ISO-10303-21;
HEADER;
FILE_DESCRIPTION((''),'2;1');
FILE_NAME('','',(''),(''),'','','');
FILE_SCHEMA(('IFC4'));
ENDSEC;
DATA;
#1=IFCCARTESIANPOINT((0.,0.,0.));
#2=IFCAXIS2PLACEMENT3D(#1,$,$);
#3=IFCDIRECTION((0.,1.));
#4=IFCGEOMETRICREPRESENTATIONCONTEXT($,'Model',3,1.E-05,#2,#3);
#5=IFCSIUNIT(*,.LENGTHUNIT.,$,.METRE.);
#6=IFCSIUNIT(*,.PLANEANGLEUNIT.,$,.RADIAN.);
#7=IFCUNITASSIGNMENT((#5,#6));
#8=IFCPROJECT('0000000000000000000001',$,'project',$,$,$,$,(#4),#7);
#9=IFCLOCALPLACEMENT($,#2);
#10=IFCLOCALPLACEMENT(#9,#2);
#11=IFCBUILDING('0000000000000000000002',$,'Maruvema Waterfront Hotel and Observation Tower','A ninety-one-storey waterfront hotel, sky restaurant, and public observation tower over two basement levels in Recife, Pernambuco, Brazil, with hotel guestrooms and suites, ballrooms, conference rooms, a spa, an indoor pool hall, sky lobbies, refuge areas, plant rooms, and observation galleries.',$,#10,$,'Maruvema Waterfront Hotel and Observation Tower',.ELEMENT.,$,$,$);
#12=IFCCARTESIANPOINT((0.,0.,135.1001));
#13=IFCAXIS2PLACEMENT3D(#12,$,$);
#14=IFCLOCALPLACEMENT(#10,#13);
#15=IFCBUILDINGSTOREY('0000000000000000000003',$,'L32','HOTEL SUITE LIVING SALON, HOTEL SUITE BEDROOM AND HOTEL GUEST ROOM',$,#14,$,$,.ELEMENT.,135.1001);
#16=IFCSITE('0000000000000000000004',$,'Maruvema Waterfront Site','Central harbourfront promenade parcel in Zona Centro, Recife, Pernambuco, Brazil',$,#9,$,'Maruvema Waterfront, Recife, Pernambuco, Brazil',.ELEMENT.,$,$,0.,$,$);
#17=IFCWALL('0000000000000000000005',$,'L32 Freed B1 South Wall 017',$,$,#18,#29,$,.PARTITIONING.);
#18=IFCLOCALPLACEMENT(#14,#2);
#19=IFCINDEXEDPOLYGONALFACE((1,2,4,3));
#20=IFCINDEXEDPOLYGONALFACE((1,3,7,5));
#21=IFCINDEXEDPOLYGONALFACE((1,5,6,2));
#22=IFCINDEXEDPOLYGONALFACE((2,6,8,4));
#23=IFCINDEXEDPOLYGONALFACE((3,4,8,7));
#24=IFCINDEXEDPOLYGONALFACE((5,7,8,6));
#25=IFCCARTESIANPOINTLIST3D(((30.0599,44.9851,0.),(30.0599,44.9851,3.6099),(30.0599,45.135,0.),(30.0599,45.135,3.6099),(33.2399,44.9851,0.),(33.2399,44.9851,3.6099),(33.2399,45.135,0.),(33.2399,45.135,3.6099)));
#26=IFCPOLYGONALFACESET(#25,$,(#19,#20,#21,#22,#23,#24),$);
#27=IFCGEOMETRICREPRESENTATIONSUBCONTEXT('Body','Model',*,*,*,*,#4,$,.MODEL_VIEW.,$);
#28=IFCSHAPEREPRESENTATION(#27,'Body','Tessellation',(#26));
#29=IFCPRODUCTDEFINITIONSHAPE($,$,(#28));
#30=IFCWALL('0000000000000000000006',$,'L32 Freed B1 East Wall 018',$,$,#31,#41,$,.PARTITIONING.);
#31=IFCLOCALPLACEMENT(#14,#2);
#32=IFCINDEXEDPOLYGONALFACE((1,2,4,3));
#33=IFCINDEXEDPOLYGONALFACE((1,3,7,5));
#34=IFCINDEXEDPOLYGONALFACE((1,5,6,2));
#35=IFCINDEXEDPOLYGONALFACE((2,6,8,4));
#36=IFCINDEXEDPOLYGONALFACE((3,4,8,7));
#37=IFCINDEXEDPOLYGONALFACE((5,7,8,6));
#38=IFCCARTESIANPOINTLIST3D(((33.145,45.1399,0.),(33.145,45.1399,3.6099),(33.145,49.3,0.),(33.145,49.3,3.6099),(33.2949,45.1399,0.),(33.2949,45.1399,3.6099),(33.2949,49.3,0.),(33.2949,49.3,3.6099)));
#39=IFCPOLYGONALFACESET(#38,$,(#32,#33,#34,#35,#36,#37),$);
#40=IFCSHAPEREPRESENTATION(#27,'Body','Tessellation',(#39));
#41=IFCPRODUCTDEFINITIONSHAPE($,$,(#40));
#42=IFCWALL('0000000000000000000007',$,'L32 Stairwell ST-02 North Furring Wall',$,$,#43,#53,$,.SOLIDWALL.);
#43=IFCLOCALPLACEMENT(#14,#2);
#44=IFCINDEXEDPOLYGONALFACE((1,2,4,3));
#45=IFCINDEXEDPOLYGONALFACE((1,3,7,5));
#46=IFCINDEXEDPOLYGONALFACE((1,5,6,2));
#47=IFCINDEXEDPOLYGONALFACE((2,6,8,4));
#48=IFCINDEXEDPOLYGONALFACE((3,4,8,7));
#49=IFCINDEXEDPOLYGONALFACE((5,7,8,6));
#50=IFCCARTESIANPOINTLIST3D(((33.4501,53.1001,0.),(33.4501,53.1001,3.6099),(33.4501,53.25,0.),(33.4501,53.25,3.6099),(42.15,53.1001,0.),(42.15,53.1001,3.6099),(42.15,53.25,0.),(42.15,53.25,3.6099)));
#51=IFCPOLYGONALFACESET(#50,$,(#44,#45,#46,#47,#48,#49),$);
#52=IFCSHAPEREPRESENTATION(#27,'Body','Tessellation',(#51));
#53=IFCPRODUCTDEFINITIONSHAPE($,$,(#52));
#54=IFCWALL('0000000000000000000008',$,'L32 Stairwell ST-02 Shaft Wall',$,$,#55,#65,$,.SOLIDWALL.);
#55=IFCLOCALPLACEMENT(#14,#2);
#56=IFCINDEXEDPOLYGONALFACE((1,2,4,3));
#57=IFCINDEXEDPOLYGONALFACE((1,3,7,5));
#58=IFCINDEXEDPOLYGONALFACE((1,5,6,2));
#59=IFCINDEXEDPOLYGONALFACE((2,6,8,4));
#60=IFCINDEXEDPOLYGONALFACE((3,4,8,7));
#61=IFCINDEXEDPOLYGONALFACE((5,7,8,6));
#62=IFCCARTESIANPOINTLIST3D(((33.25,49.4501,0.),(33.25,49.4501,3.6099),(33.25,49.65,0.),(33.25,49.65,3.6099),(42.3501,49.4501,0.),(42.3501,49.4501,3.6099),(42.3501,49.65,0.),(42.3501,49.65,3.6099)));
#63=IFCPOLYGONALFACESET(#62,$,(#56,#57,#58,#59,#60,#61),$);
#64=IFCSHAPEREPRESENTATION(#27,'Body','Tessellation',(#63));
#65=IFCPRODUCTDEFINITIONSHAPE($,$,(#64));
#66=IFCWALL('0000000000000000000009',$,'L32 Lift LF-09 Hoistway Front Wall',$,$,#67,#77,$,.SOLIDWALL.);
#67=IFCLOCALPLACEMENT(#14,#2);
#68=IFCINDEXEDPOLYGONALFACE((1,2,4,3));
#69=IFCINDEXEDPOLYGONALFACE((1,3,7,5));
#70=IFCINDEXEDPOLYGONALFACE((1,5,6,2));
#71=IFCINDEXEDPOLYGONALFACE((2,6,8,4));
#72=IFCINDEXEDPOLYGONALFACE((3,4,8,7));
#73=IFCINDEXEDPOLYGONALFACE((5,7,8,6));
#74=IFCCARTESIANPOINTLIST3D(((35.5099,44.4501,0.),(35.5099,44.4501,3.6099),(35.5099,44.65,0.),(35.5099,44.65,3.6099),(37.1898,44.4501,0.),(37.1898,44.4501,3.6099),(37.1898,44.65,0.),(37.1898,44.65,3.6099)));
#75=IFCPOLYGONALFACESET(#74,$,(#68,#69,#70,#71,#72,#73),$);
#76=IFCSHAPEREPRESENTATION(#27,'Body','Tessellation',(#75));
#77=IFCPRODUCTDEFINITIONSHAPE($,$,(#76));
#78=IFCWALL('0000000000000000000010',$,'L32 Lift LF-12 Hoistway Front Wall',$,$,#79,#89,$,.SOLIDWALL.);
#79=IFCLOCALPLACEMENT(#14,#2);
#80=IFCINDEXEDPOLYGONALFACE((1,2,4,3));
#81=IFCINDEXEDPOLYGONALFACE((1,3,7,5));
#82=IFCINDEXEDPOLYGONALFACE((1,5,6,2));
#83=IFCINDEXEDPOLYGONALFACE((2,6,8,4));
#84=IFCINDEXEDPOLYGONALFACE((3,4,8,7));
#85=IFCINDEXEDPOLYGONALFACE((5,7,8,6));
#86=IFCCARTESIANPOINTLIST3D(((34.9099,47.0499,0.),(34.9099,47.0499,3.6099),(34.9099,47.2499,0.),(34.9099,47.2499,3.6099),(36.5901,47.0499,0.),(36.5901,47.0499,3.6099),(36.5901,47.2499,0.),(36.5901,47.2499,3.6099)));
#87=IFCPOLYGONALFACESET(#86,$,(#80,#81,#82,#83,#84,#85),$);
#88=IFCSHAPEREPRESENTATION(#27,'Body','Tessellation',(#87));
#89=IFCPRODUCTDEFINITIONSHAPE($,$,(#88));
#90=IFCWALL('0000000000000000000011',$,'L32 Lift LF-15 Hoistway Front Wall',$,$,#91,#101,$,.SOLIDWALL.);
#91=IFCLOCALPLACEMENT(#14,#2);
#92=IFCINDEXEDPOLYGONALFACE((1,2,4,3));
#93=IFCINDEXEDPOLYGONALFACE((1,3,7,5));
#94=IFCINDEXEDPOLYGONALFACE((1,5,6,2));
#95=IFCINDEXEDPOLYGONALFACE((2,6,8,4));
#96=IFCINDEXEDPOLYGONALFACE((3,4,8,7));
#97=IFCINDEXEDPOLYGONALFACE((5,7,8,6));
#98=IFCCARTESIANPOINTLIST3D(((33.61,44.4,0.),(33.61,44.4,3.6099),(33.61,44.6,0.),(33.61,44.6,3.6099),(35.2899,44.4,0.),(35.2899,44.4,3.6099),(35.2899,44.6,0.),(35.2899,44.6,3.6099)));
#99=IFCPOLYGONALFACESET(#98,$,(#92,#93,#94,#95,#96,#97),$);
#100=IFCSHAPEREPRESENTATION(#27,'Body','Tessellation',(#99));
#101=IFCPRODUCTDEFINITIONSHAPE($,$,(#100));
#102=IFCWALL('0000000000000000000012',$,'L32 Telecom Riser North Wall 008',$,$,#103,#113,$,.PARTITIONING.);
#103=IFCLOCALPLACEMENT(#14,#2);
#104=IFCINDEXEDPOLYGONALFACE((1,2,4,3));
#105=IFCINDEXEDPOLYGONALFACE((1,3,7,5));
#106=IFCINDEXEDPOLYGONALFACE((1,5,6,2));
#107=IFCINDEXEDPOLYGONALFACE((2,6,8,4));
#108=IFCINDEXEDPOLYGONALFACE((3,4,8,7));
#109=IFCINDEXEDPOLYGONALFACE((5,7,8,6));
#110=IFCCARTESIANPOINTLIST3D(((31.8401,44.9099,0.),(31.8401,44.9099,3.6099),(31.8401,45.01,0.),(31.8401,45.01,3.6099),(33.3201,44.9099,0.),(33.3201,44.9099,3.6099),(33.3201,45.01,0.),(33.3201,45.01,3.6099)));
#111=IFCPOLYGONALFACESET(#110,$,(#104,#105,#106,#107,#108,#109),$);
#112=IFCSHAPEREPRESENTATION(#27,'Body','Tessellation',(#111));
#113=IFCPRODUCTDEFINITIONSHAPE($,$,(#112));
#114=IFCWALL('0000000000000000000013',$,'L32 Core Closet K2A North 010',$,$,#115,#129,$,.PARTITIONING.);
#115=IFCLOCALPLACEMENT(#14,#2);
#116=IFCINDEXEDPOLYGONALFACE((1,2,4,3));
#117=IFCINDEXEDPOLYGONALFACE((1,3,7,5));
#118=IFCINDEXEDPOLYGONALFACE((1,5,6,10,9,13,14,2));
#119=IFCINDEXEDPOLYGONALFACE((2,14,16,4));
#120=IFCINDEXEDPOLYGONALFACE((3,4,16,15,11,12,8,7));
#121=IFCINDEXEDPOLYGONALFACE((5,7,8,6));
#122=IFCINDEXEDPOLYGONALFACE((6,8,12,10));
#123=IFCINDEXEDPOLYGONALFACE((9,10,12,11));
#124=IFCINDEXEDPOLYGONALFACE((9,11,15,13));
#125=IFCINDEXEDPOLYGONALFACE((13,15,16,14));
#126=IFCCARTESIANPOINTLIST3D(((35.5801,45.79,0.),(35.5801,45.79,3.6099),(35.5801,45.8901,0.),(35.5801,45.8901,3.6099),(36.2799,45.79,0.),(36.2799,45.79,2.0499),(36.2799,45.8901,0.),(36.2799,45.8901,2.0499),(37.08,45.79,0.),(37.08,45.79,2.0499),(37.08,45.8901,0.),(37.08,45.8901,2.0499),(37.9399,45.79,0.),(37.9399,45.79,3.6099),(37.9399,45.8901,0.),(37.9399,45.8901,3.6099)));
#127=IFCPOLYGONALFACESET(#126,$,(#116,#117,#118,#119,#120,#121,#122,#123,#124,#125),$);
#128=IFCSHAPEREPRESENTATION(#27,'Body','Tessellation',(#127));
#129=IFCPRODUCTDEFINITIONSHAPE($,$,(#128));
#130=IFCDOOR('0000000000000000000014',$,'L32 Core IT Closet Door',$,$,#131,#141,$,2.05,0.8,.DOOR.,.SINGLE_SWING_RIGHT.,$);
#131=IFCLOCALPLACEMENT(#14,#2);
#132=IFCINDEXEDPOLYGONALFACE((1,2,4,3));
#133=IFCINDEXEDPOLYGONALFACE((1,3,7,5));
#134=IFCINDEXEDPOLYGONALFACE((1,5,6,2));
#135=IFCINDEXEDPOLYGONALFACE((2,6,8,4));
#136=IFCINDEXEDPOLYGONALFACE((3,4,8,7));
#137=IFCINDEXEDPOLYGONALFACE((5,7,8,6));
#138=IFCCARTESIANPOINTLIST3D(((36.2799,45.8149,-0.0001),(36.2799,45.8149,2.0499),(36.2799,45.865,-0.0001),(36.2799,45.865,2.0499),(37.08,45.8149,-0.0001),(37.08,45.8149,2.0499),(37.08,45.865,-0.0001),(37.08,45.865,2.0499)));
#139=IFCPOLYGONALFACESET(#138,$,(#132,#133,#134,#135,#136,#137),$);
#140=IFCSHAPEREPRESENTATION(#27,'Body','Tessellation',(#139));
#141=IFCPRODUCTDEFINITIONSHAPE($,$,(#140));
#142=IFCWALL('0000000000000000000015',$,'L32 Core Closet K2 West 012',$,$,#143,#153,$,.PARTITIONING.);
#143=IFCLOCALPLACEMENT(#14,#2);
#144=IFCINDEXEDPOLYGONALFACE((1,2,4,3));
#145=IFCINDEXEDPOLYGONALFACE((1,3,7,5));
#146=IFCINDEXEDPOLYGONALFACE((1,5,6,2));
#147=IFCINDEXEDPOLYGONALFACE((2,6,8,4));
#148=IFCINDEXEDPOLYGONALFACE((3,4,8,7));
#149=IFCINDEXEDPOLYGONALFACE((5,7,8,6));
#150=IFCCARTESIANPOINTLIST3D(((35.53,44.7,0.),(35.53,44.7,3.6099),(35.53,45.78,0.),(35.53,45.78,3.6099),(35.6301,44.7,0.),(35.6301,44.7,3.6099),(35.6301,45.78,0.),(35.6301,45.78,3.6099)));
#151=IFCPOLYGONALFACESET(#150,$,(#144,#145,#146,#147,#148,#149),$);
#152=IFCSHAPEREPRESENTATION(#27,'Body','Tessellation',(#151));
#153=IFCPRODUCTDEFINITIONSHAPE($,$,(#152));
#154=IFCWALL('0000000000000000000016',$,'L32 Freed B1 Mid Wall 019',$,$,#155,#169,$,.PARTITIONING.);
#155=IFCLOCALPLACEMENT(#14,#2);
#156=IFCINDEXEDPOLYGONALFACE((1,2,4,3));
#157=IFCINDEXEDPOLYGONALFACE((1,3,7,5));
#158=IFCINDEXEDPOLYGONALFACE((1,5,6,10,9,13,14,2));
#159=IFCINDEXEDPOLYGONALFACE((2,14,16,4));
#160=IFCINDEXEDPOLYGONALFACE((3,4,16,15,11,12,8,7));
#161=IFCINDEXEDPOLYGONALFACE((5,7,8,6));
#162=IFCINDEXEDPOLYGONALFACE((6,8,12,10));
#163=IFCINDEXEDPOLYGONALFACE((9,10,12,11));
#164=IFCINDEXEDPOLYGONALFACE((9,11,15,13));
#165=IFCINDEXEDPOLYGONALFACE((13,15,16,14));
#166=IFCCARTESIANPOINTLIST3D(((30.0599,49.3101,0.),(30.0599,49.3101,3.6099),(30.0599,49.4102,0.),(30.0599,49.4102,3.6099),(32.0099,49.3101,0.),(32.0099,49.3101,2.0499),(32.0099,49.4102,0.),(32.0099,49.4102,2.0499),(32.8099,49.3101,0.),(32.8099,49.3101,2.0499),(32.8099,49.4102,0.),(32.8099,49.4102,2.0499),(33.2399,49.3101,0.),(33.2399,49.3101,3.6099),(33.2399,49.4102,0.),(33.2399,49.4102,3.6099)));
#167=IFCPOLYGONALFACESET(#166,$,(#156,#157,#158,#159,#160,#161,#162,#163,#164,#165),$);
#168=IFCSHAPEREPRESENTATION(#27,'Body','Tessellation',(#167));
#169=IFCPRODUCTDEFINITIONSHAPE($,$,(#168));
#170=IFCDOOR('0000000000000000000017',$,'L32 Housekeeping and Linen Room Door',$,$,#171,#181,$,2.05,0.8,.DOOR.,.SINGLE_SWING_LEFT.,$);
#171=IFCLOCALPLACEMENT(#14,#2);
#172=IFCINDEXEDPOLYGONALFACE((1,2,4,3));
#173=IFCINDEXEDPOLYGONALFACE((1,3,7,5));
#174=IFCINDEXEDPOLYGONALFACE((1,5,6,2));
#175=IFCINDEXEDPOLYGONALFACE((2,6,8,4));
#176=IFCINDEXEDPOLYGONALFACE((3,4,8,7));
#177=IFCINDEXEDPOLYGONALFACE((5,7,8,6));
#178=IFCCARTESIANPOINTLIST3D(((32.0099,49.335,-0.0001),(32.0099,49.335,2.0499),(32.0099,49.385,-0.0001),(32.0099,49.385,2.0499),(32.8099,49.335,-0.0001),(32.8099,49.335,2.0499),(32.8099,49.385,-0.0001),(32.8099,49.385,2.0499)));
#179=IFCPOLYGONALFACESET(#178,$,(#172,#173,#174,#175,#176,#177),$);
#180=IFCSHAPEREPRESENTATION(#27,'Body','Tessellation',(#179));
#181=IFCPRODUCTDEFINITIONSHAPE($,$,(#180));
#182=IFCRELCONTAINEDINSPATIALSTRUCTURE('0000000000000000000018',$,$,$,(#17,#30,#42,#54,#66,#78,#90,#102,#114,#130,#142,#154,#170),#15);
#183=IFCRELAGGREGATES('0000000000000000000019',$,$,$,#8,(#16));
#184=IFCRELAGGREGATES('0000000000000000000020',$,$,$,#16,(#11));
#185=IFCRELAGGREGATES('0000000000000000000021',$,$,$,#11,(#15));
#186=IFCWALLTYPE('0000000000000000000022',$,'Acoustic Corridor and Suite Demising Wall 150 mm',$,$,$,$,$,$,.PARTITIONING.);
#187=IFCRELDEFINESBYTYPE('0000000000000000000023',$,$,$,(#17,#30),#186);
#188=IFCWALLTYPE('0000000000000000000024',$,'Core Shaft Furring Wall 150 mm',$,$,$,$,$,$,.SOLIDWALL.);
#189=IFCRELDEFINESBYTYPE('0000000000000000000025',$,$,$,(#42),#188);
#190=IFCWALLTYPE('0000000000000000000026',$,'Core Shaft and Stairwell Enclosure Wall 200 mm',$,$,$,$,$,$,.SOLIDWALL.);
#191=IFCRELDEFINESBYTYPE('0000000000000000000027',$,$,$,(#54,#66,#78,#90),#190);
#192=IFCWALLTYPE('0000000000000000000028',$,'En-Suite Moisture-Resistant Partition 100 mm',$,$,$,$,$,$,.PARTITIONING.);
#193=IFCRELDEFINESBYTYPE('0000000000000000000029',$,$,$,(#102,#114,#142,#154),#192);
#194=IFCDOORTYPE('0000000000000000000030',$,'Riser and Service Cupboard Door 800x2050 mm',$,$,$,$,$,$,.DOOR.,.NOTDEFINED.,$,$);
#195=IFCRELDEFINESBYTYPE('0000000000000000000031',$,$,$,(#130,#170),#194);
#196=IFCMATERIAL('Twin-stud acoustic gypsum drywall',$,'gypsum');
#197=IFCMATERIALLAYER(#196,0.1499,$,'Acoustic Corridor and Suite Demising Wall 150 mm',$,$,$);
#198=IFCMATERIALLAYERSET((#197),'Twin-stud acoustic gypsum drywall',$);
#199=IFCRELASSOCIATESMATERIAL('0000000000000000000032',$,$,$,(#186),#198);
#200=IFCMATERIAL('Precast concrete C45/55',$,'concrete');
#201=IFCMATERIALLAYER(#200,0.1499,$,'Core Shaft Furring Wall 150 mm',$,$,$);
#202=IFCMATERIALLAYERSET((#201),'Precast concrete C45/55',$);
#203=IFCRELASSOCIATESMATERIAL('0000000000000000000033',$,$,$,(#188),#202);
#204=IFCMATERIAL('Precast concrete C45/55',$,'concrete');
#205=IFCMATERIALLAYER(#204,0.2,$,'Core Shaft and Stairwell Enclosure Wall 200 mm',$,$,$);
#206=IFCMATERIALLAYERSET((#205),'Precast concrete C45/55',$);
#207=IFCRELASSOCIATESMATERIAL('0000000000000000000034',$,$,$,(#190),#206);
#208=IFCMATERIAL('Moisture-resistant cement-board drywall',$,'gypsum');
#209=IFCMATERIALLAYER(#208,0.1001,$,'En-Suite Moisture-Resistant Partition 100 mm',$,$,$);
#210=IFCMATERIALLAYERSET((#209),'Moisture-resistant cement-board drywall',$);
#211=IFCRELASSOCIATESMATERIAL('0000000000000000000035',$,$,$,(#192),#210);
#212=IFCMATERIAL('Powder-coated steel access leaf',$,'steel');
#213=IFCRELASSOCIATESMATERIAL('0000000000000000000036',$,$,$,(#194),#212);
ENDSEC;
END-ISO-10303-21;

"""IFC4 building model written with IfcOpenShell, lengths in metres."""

from ifc_helpers import new_model, si_unit, direction, frame, frame_2d, origin, place, context, subcontext, project, spatial, rectangle, extrude, material, layer, layer_set, type_object, element, fill, save


model = new_model("IFC4")

# Units and contexts
model_context = context("Model", 3, precision=1e-05, world=origin(), true_north=direction((0.0, 1.0)))
body_context = subcontext(model_context, "Body", "Model", "MODEL_VIEW")
ifc_project = project(units=[si_unit("LENGTHUNIT", "METRE"), si_unit("PLANEANGLEUNIT", "RADIAN")], contexts=[model_context])

# Site, building, storey
site_placement = place(None, origin())
site = spatial("IfcSite", under=ifc_project, at=site_placement, Name="Maruvema Waterfront Site", Description="Central harbourfront promenade parcel in Zona Centro, Recife, Pernambuco, Brazil", LongName="Maruvema Waterfront, Recife, Pernambuco, Brazil", CompositionType="ELEMENT", RefElevation=0.0)
building_placement = place(site_placement, origin())
building = spatial("IfcBuilding", under=site, at=building_placement, Name="Maruvema Waterfront Hotel and Observation Tower", Description="A ninety-one-storey waterfront hotel, sky restaurant, and public observation tower over two basement levels in Recife, Pernambuco, Brazil, with hotel guestrooms and suites, ballrooms, conference rooms, a spa, an indoor pool hall, sky lobbies, refuge areas, plant rooms, and observation galleries.", LongName="Maruvema Waterfront Hotel and Observation Tower", CompositionType="ELEMENT")
storey_placement = place(building_placement, frame((0.0, 0.0, 135.1001)))
storey = spatial("IfcBuildingStorey", under=building, at=storey_placement, Name="L32", Description="HOTEL SUITE LIVING SALON, HOTEL SUITE BEDROOM AND HOTEL GUEST ROOM", CompositionType="ELEMENT", Elevation=135.1001)

# Walls
ifc_material_1 = material(Name="Twin-stud acoustic gypsum drywall", Category="gypsum")
ifc_layer_1 = layer(ifc_material_1, 0.1499, Name="Acoustic Corridor and Suite Demising Wall 150 mm")
ifc_layer_set_1 = layer_set([ifc_layer_1], Name="Twin-stud acoustic gypsum drywall")
wall_type_1 = type_object("IfcWallType", Name="Acoustic Corridor and Suite Demising Wall 150 mm", PredefinedType="PARTITIONING", material=ifc_layer_set_1)
wall_1_placement = place(storey_placement, frame((30.0601, 45.0601, 0.0), z_axis=(0.0, 0.0, 1.0), x_axis=(1.0, 0.0, 0.0)))
element("IfcWall", 1, at=wall_1_placement, inside=storey, type_object=wall_type_1, Name="L32 Freed B1 South Wall 017", PredefinedType="PARTITIONING", context=body_context, shape_type="SweptSolid", body=[
    extrude(rectangle(XDim=3.1799, YDim=0.1499, at=frame_2d((1.5898, 0.0))), origin(), (0.0, 0.0, 1.0), 3.6099),
])
wall_2_placement = place(storey_placement, frame((33.22, 45.1399, 0.0), z_axis=(0.0, 0.0, 1.0), x_axis=(0.0, 1.0, 0.0)))
element("IfcWall", 2, at=wall_2_placement, inside=storey, type_object=wall_type_1, Name="L32 Freed B1 East Wall 018", PredefinedType="PARTITIONING", context=body_context, shape_type="SweptSolid", body=[
    extrude(rectangle(XDim=4.1602, YDim=0.1499, at=frame_2d((2.0801, 0.0))), origin(), (0.0, 0.0, 1.0), 3.6099),
])
ifc_material_2 = material(Name="Precast concrete C45/55", Category="concrete")
ifc_layer_2 = layer(ifc_material_2, 0.1499, Name="Core Shaft Furring Wall 150 mm")
ifc_layer_set_2 = layer_set([ifc_layer_2], Name="Precast concrete C45/55")
wall_type_2 = type_object("IfcWallType", Name="Core Shaft Furring Wall 150 mm", PredefinedType="SOLIDWALL", material=ifc_layer_set_2)
wall_3_placement = place(storey_placement, frame((33.45, 53.175, 0.0), z_axis=(0.0, 0.0, 1.0), x_axis=(1.0, 0.0, 0.0)))
element("IfcWall", 3, at=wall_3_placement, inside=storey, type_object=wall_type_2, Name="L32 Stairwell ST-02 North Furring Wall", PredefinedType="SOLIDWALL", context=body_context, shape_type="SweptSolid", body=[
    extrude(rectangle(XDim=8.7, YDim=0.1499, at=frame_2d((4.3501, 0.0))), origin(), (0.0, 0.0, 1.0), 3.6099),
])
ifc_material_3 = material(Name="Precast concrete C45/55", Category="concrete")
ifc_layer_3 = layer(ifc_material_3, 0.2, Name="Core Shaft and Stairwell Enclosure Wall 200 mm")
ifc_layer_set_3 = layer_set([ifc_layer_3], Name="Precast concrete C45/55")
wall_type_3 = type_object("IfcWallType", Name="Core Shaft and Stairwell Enclosure Wall 200 mm", PredefinedType="SOLIDWALL", material=ifc_layer_set_3)
wall_4_placement = place(storey_placement, frame((33.25, 49.55, 0.0), z_axis=(0.0, 0.0, 1.0), x_axis=(1.0, 0.0, 0.0)))
element("IfcWall", 4, at=wall_4_placement, inside=storey, type_object=wall_type_3, Name="L32 Stairwell ST-02 Shaft Wall", PredefinedType="SOLIDWALL", context=body_context, shape_type="SweptSolid", body=[
    extrude(rectangle(XDim=9.1001, YDim=0.2, at=frame_2d((4.55, 0.0))), origin(), (0.0, 0.0, 1.0), 3.6099),
])

# Walls
wall_5_placement = place(storey_placement, frame((35.51, 44.55, 0.0), z_axis=(0.0, 0.0, 1.0), x_axis=(1.0, 0.0, 0.0)))
element("IfcWall", 5, at=wall_5_placement, inside=storey, type_object=wall_type_3, Name="L32 Lift LF-09 Hoistway Front Wall", PredefinedType="SOLIDWALL", context=body_context, shape_type="SweptSolid", body=[
    extrude(rectangle(XDim=1.6799, YDim=0.2, at=frame_2d((0.8398, 0.0))), origin(), (0.0, 0.0, 1.0), 3.6099),
])
wall_6_placement = place(storey_placement, frame((34.9099, 47.1499, 0.0), z_axis=(0.0, 0.0, 1.0), x_axis=(1.0, 0.0, 0.0)))
element("IfcWall", 6, at=wall_6_placement, inside=storey, type_object=wall_type_3, Name="L32 Lift LF-12 Hoistway Front Wall", PredefinedType="SOLIDWALL", context=body_context, shape_type="SweptSolid", body=[
    extrude(rectangle(XDim=1.6802, YDim=0.2, at=frame_2d((0.8401, 0.0))), origin(), (0.0, 0.0, 1.0), 3.6099),
])
wall_7_placement = place(storey_placement, frame((33.6101, 44.5, 0.0), z_axis=(0.0, 0.0, 1.0), x_axis=(1.0, 0.0, 0.0)))
element("IfcWall", 7, at=wall_7_placement, inside=storey, type_object=wall_type_3, Name="L32 Lift LF-15 Hoistway Front Wall", PredefinedType="SOLIDWALL", context=body_context, shape_type="SweptSolid", body=[
    extrude(rectangle(XDim=1.6799, YDim=0.2, at=frame_2d((0.8398, 0.0))), origin(), (0.0, 0.0, 1.0), 3.6099),
])
ifc_material_4 = material(Name="Moisture-resistant cement-board drywall", Category="gypsum")
ifc_layer_4 = layer(ifc_material_4, 0.1001, Name="En-Suite Moisture-Resistant Partition 100 mm")
ifc_layer_set_4 = layer_set([ifc_layer_4], Name="Moisture-resistant cement-board drywall")
wall_type_4 = type_object("IfcWallType", Name="En-Suite Moisture-Resistant Partition 100 mm", PredefinedType="PARTITIONING", material=ifc_layer_set_4)
wall_8_placement = place(storey_placement, frame((31.8401, 44.96, 0.0), z_axis=(0.0, 0.0, 1.0), x_axis=(1.0, 0.0, 0.0)))
element("IfcWall", 8, at=wall_8_placement, inside=storey, type_object=wall_type_4, Name="L32 Telecom Riser North Wall 008", PredefinedType="PARTITIONING", context=body_context, shape_type="SweptSolid", body=[
    extrude(rectangle(XDim=1.48, YDim=0.1001, at=frame_2d((0.74, 0.0))), origin(), (0.0, 0.0, 1.0), 3.6099),
])

# Wall, opening, door
wall_9_placement = place(storey_placement, frame((35.5801, 45.8401, 0.0), z_axis=(0.0, 0.0, 1.0), x_axis=(1.0, 0.0, 0.0)))
wall_9 = element("IfcWall", 9, at=wall_9_placement, inside=storey, type_object=wall_type_4, Name="L32 Core Closet K2A North 010", PredefinedType="PARTITIONING", context=body_context, shape_type="SweptSolid", body=[
    extrude(rectangle(XDim=2.3599, YDim=0.1001, at=frame_2d((1.1799, 0.0))), origin(), (0.0, 0.0, 1.0), 3.6099),
])
opening_1_placement = place(wall_9_placement, frame((0.7, 0.0, 0.0)))
opening_1 = element("IfcOpeningElement", 10, at=opening_1_placement, cuts=wall_9, PredefinedType="OPENING", context=body_context, shape_type="SweptSolid", body=[
    extrude(rectangle(XDim=0.8, YDim=2.05, at=frame_2d((0.3999, 1.0249))), frame((0.0, 0.0601, 0.0), z_axis=(0.0, -1.0, 0.0), x_axis=(1.0, 0.0, 0.0)), (0.0, 0.0, 1.0), 0.1201),
])
ifc_material_5 = material(Name="Powder-coated steel access leaf", Category="steel")
door_type_1 = type_object("IfcDoorType", Name="Riser and Service Cupboard Door 800x2050 mm", OperationType="NOTDEFINED", PredefinedType="DOOR", material=ifc_material_5)
door_1_placement = place(opening_1_placement, origin())
door_1 = element("IfcDoor", 11, at=door_1_placement, inside=storey, type_object=door_type_1, Name="L32 Core IT Closet Door", OperationType="SINGLE_SWING_RIGHT", OverallHeight=2.05, OverallWidth=0.8, PredefinedType="DOOR", context=body_context, shape_type="SweptSolid", body=[
    extrude(rectangle(XDim=0.8, YDim=2.05, at=frame_2d((0.3999, 1.0249))), frame((0.0, 0.0249, 0.0), z_axis=(0.0, -1.0, 0.0), x_axis=(1.0, 0.0, 0.0)), (0.0, 0.0, 1.0), 0.05),
])
fill(opening_1, door_1)

# Wall
wall_10_placement = place(storey_placement, frame((35.5801, 44.7, 0.0), z_axis=(0.0, 0.0, 1.0), x_axis=(0.0, 1.0, 0.0)))
element("IfcWall", 12, at=wall_10_placement, inside=storey, type_object=wall_type_4, Name="L32 Core Closet K2 West 012", PredefinedType="PARTITIONING", context=body_context, shape_type="SweptSolid", body=[
    extrude(rectangle(XDim=1.0801, YDim=0.1001, at=frame_2d((0.54, 0.0))), origin(), (0.0, 0.0, 1.0), 3.6099),
])

# Wall, opening, door
wall_11_placement = place(storey_placement, frame((30.0601, 49.3601, 0.0), z_axis=(0.0, 0.0, 1.0), x_axis=(1.0, 0.0, 0.0)))
wall_11 = element("IfcWall", 13, at=wall_11_placement, inside=storey, type_object=wall_type_4, Name="L32 Freed B1 Mid Wall 019", PredefinedType="PARTITIONING", context=body_context, shape_type="SweptSolid", body=[
    extrude(rectangle(XDim=3.1799, YDim=0.1001, at=frame_2d((1.5898, 0.0))), origin(), (0.0, 0.0, 1.0), 3.6099),
])
opening_2_placement = place(wall_11_placement, frame((1.95, 0.0, 0.0)))
opening_2 = element("IfcOpeningElement", 14, at=opening_2_placement, cuts=wall_11, PredefinedType="OPENING", context=body_context, shape_type="SweptSolid", body=[
    extrude(rectangle(XDim=0.8, YDim=2.05, at=frame_2d((0.3999, 1.0249))), frame((0.0, 0.0601, 0.0), z_axis=(0.0, -1.0, 0.0), x_axis=(1.0, 0.0, 0.0)), (0.0, 0.0, 1.0), 0.1201),
])
door_2_placement = place(opening_2_placement, origin())
door_2 = element("IfcDoor", 15, at=door_2_placement, inside=storey, type_object=door_type_1, Name="L32 Housekeeping and Linen Room Door", OperationType="SINGLE_SWING_LEFT", OverallHeight=2.05, OverallWidth=0.8, PredefinedType="DOOR", context=body_context, shape_type="SweptSolid", body=[
    extrude(rectangle(XDim=0.8, YDim=2.05, at=frame_2d((0.3999, 1.0249))), frame((0.0, 0.0249, 0.0), z_axis=(0.0, -1.0, 0.0), x_axis=(1.0, 0.0, 0.0)), (0.0, 0.0, 1.0), 0.05),
])
fill(opening_2, door_2)

save(model, "model.ifc")
